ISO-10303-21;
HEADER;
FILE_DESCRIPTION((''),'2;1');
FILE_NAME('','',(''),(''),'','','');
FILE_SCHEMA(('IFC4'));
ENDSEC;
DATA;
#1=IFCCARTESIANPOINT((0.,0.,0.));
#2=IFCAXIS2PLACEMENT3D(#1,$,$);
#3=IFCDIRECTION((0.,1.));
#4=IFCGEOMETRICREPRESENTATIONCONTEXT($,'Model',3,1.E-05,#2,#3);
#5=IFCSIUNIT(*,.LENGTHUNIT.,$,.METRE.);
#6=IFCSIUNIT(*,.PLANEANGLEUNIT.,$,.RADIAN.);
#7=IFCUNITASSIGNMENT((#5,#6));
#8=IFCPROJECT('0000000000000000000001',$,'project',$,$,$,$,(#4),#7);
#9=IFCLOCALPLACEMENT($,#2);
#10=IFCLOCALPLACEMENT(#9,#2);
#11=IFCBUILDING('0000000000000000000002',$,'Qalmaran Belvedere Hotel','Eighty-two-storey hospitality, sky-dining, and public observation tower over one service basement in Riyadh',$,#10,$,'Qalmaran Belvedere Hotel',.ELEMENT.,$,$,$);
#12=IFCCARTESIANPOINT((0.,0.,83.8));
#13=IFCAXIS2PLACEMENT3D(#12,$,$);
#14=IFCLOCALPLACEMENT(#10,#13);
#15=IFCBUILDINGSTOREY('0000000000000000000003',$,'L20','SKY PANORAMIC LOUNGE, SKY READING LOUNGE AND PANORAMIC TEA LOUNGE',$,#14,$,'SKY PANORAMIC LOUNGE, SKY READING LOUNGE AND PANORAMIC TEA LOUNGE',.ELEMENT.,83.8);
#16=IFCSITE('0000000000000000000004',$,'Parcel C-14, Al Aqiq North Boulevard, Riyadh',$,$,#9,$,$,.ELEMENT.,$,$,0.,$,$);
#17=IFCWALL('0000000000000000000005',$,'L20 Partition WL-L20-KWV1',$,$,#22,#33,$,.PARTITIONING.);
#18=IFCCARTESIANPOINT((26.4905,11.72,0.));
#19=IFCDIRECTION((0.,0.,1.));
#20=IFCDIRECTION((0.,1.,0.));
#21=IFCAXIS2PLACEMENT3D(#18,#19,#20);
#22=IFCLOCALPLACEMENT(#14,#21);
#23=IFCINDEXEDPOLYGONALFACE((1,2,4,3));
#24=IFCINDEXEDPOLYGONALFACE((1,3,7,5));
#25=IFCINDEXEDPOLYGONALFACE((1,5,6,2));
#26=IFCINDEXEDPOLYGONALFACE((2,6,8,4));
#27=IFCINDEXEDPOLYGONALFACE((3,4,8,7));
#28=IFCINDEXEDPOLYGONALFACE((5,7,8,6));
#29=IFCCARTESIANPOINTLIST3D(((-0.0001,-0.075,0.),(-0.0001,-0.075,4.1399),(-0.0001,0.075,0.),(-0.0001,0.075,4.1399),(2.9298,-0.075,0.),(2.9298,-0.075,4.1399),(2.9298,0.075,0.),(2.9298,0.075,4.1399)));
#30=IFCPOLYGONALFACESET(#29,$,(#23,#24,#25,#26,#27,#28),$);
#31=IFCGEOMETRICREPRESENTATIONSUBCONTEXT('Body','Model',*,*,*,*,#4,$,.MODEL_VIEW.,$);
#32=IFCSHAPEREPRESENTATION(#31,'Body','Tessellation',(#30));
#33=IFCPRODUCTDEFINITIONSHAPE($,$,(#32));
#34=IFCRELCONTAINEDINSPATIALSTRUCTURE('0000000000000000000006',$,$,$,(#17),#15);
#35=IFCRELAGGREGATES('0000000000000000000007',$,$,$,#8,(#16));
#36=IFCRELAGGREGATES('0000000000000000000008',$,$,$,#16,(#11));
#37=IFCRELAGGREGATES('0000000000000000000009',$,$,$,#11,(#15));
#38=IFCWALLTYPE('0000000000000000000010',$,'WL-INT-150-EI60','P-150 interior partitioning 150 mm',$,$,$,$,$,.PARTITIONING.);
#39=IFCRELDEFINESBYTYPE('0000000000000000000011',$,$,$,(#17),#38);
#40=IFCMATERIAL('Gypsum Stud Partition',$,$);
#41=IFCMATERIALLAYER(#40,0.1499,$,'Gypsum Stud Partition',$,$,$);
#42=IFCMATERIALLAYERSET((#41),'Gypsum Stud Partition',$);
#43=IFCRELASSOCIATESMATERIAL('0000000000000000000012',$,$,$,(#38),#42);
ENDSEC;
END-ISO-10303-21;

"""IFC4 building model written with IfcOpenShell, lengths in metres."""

from ifc_helpers import new_model, si_unit, direction, frame, frame_2d, origin, place, context, subcontext, project, spatial, rectangle, extrude, material, layer, layer_set, type_object, element, save


model = new_model("IFC4")

# Units and contexts
model_context = context("Model", 3, precision=1e-05, world=origin(), true_north=direction((0.0, 1.0)))
body_context = subcontext(model_context, "Body", "Model", "MODEL_VIEW")
ifc_project = project(units=[si_unit("LENGTHUNIT", "METRE"), si_unit("PLANEANGLEUNIT", "RADIAN")], contexts=[model_context])

# Site, building, storey
site_placement = place(None, origin())
site = spatial("IfcSite", under=ifc_project, at=site_placement, Name="Parcel C-14, Al Aqiq North Boulevard, Riyadh", CompositionType="ELEMENT", RefElevation=0.0)
building_placement = place(site_placement, origin())
building = spatial("IfcBuilding", under=site, at=building_placement, Name="Qalmaran Belvedere Hotel", Description="Eighty-two-storey hospitality, sky-dining, and public observation tower over one service basement in Riyadh", LongName="Qalmaran Belvedere Hotel", CompositionType="ELEMENT")
storey_placement = place(building_placement, frame((0.0, 0.0, 83.8)))
storey = spatial("IfcBuildingStorey", under=building, at=storey_placement, Name="L20", Description="SKY PANORAMIC LOUNGE, SKY READING LOUNGE AND PANORAMIC TEA LOUNGE", LongName="SKY PANORAMIC LOUNGE, SKY READING LOUNGE AND PANORAMIC TEA LOUNGE", CompositionType="ELEMENT", Elevation=83.8)

# Wall
ifc_material_1 = material(Name="Gypsum Stud Partition")
ifc_layer_1 = layer(ifc_material_1, 0.1499, Name="Gypsum Stud Partition")
ifc_layer_set_1 = layer_set([ifc_layer_1], Name="Gypsum Stud Partition")
wall_type_1 = type_object("IfcWallType", Name="WL-INT-150-EI60", Description="P-150 interior partitioning 150 mm", PredefinedType="PARTITIONING", material=ifc_layer_set_1)
wall_1_placement = place(storey_placement, frame((26.4905, 11.72, 0.0), z_axis=(0.0, 0.0, 1.0), x_axis=(0.0, 1.0, 0.0)))
element("IfcWall", 1, at=wall_1_placement, inside=storey, type_object=wall_type_1, Name="L20 Partition WL-L20-KWV1", PredefinedType="PARTITIONING", context=body_context, shape_type="SweptSolid", body=[
    extrude(rectangle(XDim=2.9299, YDim=0.1499, at=frame_2d((1.4648, 0.0))), origin(), (0.0, 0.0, 1.0), 4.1399),
])

save(model, "model.ifc")
